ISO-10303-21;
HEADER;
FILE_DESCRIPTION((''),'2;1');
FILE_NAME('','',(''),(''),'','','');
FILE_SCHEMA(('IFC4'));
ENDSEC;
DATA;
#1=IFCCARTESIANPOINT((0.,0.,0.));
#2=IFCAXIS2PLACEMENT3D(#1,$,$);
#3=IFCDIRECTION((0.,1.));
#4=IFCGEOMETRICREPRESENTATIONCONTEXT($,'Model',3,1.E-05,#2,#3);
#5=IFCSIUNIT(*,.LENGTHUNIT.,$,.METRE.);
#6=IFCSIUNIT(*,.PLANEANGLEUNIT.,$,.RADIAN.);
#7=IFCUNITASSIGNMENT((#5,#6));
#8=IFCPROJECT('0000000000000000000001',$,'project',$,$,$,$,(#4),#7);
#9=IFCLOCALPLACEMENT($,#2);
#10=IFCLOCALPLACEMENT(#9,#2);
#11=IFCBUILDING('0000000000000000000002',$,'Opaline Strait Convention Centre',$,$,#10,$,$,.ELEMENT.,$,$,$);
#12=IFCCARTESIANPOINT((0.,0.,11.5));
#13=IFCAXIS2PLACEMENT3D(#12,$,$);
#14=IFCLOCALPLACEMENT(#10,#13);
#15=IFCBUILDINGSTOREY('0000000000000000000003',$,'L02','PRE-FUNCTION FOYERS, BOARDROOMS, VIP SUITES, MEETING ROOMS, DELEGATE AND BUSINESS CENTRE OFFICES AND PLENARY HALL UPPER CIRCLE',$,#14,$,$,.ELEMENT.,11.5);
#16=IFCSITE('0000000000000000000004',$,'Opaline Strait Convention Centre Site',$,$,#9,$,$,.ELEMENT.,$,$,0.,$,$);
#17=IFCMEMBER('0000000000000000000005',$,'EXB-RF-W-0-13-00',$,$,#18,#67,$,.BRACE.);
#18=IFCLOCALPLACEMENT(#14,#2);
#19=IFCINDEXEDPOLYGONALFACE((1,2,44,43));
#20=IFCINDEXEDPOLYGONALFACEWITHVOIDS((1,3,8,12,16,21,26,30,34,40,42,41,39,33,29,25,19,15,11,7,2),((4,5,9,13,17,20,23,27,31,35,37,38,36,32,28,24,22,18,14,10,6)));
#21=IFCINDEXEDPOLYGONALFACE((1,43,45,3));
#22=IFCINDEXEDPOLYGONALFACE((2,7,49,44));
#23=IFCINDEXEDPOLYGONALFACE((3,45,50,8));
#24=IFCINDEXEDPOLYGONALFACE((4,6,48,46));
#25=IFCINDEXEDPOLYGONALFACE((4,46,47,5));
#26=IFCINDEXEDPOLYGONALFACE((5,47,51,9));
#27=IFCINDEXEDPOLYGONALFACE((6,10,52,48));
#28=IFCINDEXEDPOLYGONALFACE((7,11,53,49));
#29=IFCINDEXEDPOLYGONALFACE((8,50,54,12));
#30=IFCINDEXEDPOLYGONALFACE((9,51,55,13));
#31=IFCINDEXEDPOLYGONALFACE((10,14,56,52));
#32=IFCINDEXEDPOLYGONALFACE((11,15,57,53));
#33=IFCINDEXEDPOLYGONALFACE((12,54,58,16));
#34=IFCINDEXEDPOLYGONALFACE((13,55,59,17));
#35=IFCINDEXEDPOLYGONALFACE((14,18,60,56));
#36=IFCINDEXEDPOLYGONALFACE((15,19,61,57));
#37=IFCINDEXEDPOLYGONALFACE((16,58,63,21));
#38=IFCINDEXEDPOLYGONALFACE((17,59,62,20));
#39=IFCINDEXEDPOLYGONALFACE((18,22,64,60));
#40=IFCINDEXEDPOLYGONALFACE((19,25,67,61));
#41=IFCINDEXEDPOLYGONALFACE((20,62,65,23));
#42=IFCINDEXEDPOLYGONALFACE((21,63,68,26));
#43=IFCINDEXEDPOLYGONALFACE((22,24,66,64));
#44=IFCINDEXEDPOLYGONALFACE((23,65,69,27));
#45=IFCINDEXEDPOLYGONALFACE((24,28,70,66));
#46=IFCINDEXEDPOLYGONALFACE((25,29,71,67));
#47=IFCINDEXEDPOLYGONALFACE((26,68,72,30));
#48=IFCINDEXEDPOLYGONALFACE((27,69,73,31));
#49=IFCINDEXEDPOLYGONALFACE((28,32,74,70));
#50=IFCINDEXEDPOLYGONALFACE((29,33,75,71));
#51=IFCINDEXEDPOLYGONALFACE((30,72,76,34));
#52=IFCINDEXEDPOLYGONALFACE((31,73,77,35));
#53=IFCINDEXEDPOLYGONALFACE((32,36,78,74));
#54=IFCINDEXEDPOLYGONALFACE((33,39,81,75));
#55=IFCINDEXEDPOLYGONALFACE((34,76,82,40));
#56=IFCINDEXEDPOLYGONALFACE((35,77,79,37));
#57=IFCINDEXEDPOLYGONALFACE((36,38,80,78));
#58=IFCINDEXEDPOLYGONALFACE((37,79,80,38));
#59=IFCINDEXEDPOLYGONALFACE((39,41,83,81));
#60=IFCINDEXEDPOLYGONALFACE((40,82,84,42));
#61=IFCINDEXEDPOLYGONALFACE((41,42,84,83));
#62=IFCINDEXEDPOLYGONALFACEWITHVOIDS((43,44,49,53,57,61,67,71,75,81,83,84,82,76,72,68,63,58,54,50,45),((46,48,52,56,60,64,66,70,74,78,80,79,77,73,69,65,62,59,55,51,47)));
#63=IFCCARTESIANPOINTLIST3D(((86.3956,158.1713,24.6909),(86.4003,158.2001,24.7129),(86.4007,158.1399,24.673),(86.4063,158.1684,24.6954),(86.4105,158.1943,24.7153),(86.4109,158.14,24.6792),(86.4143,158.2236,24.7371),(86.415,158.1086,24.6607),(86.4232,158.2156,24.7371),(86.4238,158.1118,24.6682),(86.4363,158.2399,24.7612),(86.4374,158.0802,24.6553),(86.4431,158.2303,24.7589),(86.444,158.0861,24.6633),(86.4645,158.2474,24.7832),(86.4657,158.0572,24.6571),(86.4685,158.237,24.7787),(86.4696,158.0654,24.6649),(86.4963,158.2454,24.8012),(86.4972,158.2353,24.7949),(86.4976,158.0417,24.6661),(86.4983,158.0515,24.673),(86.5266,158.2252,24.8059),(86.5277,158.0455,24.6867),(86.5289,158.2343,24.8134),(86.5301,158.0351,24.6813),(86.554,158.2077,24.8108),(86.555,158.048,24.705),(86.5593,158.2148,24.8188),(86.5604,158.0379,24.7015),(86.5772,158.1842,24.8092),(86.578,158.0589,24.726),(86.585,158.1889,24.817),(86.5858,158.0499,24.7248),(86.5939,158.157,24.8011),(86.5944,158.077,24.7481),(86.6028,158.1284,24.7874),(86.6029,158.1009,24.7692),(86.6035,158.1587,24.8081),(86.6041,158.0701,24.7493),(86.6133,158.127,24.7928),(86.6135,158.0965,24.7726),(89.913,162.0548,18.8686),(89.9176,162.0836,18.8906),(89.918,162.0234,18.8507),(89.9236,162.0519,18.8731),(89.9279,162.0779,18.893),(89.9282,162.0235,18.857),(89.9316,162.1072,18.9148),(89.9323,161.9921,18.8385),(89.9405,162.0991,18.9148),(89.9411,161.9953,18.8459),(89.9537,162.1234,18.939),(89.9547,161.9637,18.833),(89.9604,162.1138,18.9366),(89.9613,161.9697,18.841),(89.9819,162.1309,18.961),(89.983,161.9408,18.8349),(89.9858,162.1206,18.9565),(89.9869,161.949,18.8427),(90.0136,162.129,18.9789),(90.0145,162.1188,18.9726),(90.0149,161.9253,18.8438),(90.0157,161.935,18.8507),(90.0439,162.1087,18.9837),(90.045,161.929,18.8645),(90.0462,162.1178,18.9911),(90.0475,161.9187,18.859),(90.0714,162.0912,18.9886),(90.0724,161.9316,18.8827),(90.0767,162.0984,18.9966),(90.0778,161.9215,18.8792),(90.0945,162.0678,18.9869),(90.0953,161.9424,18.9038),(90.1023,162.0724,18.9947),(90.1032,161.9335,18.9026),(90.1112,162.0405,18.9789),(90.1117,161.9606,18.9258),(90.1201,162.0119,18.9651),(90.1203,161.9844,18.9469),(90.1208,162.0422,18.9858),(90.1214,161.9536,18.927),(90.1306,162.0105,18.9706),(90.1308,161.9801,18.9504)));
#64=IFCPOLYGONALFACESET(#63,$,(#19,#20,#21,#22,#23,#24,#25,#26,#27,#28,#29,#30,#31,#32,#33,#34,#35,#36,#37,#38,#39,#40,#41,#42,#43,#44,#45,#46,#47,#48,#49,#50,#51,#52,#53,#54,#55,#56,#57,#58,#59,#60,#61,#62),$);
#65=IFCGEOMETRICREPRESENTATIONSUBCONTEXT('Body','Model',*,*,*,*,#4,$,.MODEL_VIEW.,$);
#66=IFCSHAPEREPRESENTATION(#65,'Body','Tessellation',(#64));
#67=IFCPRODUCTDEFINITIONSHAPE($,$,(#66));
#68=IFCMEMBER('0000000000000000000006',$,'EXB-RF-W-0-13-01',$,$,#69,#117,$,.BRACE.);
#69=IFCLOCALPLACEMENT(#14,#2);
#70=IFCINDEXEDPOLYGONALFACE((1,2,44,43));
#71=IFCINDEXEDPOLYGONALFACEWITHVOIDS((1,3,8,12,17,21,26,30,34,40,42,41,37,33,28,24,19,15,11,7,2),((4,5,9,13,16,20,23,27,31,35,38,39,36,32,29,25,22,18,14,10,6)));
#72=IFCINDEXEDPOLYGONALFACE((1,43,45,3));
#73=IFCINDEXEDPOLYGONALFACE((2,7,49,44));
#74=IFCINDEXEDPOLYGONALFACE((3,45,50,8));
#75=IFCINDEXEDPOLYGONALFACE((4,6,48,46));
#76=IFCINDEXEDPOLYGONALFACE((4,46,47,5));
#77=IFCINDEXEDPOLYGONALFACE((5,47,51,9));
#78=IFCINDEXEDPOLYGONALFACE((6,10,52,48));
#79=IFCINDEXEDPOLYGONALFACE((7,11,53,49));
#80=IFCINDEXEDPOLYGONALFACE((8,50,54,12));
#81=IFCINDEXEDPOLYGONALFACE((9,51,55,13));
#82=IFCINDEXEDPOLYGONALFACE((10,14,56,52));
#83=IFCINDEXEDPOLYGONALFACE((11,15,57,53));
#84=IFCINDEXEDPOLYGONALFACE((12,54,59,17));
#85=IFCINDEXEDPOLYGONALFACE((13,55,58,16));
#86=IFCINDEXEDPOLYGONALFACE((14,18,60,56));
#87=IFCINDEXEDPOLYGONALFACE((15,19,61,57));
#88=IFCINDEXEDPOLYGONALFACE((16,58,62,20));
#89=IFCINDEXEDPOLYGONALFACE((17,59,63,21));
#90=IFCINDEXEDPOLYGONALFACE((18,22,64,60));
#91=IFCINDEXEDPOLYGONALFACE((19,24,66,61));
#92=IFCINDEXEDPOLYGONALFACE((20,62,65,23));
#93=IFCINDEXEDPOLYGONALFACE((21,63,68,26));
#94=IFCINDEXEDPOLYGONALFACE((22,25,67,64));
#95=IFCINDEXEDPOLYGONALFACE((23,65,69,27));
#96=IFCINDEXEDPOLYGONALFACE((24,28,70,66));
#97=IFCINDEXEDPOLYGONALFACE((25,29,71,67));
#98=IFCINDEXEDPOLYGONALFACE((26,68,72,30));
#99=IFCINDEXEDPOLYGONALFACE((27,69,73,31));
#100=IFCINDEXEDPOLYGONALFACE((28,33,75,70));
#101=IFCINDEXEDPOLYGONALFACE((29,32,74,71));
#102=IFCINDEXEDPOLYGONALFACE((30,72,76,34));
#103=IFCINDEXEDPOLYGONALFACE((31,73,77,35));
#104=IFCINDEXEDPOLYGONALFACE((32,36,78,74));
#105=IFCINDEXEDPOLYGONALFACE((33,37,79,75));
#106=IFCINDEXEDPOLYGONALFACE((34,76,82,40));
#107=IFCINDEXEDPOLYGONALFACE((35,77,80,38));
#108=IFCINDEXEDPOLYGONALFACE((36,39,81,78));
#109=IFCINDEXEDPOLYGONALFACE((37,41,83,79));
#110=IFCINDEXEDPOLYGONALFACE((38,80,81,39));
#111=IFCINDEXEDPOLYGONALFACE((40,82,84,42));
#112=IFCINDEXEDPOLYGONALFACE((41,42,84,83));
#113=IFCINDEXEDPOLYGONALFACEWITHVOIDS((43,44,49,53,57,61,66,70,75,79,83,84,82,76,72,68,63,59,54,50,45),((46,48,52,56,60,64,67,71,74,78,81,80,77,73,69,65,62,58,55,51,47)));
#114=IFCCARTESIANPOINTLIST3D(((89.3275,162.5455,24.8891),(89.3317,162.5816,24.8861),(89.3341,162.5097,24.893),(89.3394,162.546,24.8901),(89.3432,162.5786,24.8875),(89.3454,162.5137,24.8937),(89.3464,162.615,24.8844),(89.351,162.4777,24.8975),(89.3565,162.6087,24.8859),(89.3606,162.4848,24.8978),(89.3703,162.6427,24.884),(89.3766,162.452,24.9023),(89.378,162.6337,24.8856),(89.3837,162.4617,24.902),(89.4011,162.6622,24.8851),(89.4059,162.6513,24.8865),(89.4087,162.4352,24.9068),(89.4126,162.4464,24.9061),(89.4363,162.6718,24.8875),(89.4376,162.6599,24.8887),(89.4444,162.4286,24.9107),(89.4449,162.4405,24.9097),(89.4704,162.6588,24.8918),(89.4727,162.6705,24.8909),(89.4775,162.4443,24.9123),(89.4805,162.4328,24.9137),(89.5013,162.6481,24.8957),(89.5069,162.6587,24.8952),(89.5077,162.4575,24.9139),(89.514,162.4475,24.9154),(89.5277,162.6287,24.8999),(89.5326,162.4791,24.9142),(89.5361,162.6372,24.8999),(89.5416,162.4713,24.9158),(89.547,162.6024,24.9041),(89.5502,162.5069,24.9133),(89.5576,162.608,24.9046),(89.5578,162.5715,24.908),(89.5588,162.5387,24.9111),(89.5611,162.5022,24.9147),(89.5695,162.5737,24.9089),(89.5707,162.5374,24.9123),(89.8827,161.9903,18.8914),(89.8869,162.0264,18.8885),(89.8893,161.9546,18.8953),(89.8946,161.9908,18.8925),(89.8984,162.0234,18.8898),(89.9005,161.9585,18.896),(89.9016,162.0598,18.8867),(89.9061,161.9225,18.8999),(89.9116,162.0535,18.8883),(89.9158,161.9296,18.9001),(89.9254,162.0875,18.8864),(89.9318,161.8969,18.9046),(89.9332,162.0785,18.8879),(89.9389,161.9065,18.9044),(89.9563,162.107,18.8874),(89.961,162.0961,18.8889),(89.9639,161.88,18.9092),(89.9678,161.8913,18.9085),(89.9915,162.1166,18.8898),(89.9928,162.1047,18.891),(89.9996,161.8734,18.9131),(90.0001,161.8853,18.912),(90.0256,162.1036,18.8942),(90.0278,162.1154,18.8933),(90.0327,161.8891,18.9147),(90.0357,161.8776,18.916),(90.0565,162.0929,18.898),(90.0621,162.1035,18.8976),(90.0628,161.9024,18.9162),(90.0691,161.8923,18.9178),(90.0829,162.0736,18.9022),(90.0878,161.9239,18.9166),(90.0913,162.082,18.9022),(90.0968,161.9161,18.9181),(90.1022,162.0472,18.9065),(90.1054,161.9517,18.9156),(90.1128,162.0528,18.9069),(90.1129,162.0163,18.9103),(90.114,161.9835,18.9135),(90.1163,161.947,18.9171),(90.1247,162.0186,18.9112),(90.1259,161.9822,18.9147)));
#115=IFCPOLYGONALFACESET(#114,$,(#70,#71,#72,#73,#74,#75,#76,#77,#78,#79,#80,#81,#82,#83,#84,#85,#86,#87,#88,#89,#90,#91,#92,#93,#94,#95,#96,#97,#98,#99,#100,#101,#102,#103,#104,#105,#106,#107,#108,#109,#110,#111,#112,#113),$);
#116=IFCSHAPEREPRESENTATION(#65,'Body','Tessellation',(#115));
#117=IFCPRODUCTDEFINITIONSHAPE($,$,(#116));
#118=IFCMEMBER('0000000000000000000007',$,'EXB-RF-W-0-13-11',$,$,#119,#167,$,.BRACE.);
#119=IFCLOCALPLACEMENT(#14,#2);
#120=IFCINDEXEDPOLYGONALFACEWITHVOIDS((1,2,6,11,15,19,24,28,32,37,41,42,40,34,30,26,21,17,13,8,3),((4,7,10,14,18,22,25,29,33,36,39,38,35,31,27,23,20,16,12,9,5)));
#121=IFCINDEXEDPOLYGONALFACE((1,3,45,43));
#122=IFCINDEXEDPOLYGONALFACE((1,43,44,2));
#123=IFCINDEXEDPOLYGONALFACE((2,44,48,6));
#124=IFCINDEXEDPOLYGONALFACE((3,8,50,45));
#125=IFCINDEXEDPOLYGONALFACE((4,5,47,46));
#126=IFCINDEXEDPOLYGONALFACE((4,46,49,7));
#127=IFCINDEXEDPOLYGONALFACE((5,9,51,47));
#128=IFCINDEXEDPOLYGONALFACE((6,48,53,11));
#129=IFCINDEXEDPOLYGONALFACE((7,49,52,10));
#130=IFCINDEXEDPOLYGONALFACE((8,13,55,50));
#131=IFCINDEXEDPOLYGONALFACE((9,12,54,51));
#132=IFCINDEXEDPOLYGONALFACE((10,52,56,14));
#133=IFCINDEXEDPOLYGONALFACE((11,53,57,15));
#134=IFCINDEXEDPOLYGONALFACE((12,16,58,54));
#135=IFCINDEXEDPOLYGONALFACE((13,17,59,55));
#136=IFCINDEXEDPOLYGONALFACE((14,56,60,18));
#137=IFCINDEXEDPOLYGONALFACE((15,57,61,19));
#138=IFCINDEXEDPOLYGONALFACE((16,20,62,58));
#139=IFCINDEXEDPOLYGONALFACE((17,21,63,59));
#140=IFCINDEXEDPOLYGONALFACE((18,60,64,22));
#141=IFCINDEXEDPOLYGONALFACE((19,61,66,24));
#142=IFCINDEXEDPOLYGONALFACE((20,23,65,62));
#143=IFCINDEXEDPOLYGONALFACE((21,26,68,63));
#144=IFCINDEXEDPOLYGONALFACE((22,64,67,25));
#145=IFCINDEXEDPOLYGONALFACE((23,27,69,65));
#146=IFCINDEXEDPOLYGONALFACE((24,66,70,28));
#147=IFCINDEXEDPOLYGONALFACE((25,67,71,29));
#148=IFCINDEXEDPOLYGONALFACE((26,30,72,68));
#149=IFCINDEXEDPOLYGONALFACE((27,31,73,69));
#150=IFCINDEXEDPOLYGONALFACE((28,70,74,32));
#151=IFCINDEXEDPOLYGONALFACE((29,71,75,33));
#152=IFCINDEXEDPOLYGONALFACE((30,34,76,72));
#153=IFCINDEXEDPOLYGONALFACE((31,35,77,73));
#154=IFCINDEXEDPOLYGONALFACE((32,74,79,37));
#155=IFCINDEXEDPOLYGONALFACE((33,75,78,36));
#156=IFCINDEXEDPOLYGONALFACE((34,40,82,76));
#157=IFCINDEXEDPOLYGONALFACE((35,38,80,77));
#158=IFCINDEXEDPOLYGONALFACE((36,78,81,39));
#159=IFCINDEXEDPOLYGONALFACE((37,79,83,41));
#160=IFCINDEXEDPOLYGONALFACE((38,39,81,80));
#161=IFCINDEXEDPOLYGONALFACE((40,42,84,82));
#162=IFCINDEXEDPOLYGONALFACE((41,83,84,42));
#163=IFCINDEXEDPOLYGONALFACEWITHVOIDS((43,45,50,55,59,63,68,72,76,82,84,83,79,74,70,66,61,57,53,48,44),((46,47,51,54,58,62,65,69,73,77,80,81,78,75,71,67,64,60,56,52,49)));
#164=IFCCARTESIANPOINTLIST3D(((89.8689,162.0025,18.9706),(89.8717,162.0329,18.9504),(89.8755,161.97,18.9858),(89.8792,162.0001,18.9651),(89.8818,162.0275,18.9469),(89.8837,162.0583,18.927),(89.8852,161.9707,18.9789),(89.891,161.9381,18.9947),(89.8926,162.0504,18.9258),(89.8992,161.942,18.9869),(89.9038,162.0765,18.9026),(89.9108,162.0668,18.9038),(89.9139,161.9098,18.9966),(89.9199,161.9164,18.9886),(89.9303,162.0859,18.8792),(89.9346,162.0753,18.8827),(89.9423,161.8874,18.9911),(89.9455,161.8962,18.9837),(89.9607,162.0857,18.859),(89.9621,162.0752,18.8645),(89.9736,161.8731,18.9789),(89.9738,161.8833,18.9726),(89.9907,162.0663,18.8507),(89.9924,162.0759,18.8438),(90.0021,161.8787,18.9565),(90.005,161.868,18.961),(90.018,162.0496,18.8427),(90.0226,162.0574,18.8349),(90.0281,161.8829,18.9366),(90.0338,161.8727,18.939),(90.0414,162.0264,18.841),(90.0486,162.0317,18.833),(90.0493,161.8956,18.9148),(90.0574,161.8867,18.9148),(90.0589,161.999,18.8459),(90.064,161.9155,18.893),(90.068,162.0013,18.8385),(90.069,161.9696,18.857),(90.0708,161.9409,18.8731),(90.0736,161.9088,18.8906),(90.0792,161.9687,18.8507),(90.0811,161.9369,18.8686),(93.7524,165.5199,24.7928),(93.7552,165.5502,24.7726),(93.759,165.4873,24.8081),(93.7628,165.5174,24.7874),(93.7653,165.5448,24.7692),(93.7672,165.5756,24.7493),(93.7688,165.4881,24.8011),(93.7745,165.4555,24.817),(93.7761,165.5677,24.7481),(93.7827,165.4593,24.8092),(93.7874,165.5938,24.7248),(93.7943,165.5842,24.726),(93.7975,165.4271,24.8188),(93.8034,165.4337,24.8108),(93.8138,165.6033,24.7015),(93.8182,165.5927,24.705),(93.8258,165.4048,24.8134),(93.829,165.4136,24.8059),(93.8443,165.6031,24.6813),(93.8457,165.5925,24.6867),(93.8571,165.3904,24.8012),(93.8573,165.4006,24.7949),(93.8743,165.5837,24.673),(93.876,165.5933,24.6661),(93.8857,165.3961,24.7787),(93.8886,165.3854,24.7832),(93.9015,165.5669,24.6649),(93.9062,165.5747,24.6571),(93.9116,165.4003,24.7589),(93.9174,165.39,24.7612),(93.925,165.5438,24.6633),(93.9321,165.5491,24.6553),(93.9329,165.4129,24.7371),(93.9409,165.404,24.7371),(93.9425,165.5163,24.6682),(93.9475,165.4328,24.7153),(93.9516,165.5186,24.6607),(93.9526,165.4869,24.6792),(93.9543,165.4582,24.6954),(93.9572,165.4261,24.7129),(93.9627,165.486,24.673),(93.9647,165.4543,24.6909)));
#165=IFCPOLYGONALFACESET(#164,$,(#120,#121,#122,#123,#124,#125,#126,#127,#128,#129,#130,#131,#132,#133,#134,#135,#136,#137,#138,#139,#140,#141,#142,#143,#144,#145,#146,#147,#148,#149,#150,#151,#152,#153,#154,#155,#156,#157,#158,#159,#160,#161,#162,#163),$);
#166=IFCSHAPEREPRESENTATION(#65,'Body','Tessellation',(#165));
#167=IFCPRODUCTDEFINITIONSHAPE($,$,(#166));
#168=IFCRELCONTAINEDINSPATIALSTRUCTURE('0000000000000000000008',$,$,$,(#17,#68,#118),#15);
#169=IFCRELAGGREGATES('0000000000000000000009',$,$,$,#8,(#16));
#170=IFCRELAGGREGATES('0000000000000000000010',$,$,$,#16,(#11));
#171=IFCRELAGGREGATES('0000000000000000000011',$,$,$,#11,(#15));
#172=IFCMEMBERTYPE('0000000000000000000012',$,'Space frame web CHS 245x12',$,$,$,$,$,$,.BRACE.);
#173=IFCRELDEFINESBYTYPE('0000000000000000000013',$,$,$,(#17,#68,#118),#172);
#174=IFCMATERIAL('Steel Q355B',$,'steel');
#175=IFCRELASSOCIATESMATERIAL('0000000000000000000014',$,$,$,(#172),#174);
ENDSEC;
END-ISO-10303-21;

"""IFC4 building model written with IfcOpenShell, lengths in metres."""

from ifc_helpers import new_model, si_unit, direction, frame, origin, origin_2d, place, context, subcontext, project, spatial, hollow_circle, extrude, material, material_profile, profile_set, type_object, element, save


model = new_model("IFC4")

# Units and contexts
model_context = context("Model", 3, precision=1e-05, world=origin(), true_north=direction((0.0, 1.0)))
body_context = subcontext(model_context, "Body", "Model", "MODEL_VIEW")
ifc_project = project(units=[si_unit("LENGTHUNIT", "METRE"), si_unit("PLANEANGLEUNIT", "RADIAN")], contexts=[model_context])

# Site, building, storey
site_placement = place(None, origin())
site = spatial("IfcSite", under=ifc_project, at=site_placement, Name="Opaline Strait Convention Centre Site", CompositionType="ELEMENT", RefElevation=0.0)
building_placement = place(site_placement, origin())
building = spatial("IfcBuilding", under=site, at=building_placement, Name="Opaline Strait Convention Centre", CompositionType="ELEMENT")
storey_placement = place(building_placement, frame((0.0, 0.0, 11.5)))
storey = spatial("IfcBuildingStorey", under=building, at=storey_placement, Name="L02", Description="PRE-FUNCTION FOYERS, BOARDROOMS, VIP SUITES, MEETING ROOMS, DELEGATE AND BUSINESS CENTRE OFFICES AND PLENARY HALL UPPER CIRCLE", CompositionType="ELEMENT", Elevation=11.5)

# Members
ifc_material_1 = material(Name="Steel Q355B", Category="steel")
ifc_material_profile_1 = material_profile(ifc_material_1, hollow_circle(Radius=0.1226, WallThickness=0.012, at=origin_2d()), Name="CHS 245x12")
ifc_profile_set_1 = profile_set([ifc_material_profile_1], Name="Steel Q355B")
member_type_1 = type_object("IfcMemberType", Name="Space frame web CHS 245x12", PredefinedType="BRACE", material=ifc_profile_set_1)
member_1_placement = place(storey_placement, frame((86.5051, 158.1414, 24.7371), z_axis=(0.449053, 0.495807, -0.743321), x_axis=(-0.741189, 0.671296, 0.0)))
element("IfcMember", 1, at=member_1_placement, inside=storey, type_object=member_type_1, Name="EXB-RF-W-0-13-00", PredefinedType="BRACE", context=body_context, shape_type="SweptSolid", body=[
    extrude(hollow_circle(Radius=0.1226, WallThickness=0.012, at=origin_2d()), origin(), (0.0, 0.0, 1.0), 7.8328),
])
member_2_placement = place(storey_placement, frame((89.4495, 162.5505, 24.8999), z_axis=(0.091784, -0.091784, -0.99154), x_axis=(0.707107, 0.707107, 0.0)))
element("IfcMember", 2, at=member_2_placement, inside=storey, type_object=member_type_1, Name="EXB-RF-W-0-13-01", PredefinedType="BRACE", context=body_context, shape_type="SweptSolid", body=[
    extrude(hollow_circle(Radius=0.1226, WallThickness=0.012, at=origin_2d()), origin(), (0.0, 0.0, 1.0), 6.0488),
])
member_3_placement = place(storey_placement, frame((93.8586, 165.4949, 24.7371), z_axis=(-0.495807, -0.449053, -0.743321), x_axis=(0.671296, -0.741189, 0.0)))
element("IfcMember", 3, at=member_3_placement, inside=storey, type_object=member_type_1, Name="EXB-RF-W-0-13-11", PredefinedType="BRACE", context=body_context, shape_type="SweptSolid", body=[
    extrude(hollow_circle(Radius=0.1226, WallThickness=0.012, at=origin_2d()), origin(), (0.0, 0.0, 1.0), 7.8328),
])

save(model, "model.ifc")
